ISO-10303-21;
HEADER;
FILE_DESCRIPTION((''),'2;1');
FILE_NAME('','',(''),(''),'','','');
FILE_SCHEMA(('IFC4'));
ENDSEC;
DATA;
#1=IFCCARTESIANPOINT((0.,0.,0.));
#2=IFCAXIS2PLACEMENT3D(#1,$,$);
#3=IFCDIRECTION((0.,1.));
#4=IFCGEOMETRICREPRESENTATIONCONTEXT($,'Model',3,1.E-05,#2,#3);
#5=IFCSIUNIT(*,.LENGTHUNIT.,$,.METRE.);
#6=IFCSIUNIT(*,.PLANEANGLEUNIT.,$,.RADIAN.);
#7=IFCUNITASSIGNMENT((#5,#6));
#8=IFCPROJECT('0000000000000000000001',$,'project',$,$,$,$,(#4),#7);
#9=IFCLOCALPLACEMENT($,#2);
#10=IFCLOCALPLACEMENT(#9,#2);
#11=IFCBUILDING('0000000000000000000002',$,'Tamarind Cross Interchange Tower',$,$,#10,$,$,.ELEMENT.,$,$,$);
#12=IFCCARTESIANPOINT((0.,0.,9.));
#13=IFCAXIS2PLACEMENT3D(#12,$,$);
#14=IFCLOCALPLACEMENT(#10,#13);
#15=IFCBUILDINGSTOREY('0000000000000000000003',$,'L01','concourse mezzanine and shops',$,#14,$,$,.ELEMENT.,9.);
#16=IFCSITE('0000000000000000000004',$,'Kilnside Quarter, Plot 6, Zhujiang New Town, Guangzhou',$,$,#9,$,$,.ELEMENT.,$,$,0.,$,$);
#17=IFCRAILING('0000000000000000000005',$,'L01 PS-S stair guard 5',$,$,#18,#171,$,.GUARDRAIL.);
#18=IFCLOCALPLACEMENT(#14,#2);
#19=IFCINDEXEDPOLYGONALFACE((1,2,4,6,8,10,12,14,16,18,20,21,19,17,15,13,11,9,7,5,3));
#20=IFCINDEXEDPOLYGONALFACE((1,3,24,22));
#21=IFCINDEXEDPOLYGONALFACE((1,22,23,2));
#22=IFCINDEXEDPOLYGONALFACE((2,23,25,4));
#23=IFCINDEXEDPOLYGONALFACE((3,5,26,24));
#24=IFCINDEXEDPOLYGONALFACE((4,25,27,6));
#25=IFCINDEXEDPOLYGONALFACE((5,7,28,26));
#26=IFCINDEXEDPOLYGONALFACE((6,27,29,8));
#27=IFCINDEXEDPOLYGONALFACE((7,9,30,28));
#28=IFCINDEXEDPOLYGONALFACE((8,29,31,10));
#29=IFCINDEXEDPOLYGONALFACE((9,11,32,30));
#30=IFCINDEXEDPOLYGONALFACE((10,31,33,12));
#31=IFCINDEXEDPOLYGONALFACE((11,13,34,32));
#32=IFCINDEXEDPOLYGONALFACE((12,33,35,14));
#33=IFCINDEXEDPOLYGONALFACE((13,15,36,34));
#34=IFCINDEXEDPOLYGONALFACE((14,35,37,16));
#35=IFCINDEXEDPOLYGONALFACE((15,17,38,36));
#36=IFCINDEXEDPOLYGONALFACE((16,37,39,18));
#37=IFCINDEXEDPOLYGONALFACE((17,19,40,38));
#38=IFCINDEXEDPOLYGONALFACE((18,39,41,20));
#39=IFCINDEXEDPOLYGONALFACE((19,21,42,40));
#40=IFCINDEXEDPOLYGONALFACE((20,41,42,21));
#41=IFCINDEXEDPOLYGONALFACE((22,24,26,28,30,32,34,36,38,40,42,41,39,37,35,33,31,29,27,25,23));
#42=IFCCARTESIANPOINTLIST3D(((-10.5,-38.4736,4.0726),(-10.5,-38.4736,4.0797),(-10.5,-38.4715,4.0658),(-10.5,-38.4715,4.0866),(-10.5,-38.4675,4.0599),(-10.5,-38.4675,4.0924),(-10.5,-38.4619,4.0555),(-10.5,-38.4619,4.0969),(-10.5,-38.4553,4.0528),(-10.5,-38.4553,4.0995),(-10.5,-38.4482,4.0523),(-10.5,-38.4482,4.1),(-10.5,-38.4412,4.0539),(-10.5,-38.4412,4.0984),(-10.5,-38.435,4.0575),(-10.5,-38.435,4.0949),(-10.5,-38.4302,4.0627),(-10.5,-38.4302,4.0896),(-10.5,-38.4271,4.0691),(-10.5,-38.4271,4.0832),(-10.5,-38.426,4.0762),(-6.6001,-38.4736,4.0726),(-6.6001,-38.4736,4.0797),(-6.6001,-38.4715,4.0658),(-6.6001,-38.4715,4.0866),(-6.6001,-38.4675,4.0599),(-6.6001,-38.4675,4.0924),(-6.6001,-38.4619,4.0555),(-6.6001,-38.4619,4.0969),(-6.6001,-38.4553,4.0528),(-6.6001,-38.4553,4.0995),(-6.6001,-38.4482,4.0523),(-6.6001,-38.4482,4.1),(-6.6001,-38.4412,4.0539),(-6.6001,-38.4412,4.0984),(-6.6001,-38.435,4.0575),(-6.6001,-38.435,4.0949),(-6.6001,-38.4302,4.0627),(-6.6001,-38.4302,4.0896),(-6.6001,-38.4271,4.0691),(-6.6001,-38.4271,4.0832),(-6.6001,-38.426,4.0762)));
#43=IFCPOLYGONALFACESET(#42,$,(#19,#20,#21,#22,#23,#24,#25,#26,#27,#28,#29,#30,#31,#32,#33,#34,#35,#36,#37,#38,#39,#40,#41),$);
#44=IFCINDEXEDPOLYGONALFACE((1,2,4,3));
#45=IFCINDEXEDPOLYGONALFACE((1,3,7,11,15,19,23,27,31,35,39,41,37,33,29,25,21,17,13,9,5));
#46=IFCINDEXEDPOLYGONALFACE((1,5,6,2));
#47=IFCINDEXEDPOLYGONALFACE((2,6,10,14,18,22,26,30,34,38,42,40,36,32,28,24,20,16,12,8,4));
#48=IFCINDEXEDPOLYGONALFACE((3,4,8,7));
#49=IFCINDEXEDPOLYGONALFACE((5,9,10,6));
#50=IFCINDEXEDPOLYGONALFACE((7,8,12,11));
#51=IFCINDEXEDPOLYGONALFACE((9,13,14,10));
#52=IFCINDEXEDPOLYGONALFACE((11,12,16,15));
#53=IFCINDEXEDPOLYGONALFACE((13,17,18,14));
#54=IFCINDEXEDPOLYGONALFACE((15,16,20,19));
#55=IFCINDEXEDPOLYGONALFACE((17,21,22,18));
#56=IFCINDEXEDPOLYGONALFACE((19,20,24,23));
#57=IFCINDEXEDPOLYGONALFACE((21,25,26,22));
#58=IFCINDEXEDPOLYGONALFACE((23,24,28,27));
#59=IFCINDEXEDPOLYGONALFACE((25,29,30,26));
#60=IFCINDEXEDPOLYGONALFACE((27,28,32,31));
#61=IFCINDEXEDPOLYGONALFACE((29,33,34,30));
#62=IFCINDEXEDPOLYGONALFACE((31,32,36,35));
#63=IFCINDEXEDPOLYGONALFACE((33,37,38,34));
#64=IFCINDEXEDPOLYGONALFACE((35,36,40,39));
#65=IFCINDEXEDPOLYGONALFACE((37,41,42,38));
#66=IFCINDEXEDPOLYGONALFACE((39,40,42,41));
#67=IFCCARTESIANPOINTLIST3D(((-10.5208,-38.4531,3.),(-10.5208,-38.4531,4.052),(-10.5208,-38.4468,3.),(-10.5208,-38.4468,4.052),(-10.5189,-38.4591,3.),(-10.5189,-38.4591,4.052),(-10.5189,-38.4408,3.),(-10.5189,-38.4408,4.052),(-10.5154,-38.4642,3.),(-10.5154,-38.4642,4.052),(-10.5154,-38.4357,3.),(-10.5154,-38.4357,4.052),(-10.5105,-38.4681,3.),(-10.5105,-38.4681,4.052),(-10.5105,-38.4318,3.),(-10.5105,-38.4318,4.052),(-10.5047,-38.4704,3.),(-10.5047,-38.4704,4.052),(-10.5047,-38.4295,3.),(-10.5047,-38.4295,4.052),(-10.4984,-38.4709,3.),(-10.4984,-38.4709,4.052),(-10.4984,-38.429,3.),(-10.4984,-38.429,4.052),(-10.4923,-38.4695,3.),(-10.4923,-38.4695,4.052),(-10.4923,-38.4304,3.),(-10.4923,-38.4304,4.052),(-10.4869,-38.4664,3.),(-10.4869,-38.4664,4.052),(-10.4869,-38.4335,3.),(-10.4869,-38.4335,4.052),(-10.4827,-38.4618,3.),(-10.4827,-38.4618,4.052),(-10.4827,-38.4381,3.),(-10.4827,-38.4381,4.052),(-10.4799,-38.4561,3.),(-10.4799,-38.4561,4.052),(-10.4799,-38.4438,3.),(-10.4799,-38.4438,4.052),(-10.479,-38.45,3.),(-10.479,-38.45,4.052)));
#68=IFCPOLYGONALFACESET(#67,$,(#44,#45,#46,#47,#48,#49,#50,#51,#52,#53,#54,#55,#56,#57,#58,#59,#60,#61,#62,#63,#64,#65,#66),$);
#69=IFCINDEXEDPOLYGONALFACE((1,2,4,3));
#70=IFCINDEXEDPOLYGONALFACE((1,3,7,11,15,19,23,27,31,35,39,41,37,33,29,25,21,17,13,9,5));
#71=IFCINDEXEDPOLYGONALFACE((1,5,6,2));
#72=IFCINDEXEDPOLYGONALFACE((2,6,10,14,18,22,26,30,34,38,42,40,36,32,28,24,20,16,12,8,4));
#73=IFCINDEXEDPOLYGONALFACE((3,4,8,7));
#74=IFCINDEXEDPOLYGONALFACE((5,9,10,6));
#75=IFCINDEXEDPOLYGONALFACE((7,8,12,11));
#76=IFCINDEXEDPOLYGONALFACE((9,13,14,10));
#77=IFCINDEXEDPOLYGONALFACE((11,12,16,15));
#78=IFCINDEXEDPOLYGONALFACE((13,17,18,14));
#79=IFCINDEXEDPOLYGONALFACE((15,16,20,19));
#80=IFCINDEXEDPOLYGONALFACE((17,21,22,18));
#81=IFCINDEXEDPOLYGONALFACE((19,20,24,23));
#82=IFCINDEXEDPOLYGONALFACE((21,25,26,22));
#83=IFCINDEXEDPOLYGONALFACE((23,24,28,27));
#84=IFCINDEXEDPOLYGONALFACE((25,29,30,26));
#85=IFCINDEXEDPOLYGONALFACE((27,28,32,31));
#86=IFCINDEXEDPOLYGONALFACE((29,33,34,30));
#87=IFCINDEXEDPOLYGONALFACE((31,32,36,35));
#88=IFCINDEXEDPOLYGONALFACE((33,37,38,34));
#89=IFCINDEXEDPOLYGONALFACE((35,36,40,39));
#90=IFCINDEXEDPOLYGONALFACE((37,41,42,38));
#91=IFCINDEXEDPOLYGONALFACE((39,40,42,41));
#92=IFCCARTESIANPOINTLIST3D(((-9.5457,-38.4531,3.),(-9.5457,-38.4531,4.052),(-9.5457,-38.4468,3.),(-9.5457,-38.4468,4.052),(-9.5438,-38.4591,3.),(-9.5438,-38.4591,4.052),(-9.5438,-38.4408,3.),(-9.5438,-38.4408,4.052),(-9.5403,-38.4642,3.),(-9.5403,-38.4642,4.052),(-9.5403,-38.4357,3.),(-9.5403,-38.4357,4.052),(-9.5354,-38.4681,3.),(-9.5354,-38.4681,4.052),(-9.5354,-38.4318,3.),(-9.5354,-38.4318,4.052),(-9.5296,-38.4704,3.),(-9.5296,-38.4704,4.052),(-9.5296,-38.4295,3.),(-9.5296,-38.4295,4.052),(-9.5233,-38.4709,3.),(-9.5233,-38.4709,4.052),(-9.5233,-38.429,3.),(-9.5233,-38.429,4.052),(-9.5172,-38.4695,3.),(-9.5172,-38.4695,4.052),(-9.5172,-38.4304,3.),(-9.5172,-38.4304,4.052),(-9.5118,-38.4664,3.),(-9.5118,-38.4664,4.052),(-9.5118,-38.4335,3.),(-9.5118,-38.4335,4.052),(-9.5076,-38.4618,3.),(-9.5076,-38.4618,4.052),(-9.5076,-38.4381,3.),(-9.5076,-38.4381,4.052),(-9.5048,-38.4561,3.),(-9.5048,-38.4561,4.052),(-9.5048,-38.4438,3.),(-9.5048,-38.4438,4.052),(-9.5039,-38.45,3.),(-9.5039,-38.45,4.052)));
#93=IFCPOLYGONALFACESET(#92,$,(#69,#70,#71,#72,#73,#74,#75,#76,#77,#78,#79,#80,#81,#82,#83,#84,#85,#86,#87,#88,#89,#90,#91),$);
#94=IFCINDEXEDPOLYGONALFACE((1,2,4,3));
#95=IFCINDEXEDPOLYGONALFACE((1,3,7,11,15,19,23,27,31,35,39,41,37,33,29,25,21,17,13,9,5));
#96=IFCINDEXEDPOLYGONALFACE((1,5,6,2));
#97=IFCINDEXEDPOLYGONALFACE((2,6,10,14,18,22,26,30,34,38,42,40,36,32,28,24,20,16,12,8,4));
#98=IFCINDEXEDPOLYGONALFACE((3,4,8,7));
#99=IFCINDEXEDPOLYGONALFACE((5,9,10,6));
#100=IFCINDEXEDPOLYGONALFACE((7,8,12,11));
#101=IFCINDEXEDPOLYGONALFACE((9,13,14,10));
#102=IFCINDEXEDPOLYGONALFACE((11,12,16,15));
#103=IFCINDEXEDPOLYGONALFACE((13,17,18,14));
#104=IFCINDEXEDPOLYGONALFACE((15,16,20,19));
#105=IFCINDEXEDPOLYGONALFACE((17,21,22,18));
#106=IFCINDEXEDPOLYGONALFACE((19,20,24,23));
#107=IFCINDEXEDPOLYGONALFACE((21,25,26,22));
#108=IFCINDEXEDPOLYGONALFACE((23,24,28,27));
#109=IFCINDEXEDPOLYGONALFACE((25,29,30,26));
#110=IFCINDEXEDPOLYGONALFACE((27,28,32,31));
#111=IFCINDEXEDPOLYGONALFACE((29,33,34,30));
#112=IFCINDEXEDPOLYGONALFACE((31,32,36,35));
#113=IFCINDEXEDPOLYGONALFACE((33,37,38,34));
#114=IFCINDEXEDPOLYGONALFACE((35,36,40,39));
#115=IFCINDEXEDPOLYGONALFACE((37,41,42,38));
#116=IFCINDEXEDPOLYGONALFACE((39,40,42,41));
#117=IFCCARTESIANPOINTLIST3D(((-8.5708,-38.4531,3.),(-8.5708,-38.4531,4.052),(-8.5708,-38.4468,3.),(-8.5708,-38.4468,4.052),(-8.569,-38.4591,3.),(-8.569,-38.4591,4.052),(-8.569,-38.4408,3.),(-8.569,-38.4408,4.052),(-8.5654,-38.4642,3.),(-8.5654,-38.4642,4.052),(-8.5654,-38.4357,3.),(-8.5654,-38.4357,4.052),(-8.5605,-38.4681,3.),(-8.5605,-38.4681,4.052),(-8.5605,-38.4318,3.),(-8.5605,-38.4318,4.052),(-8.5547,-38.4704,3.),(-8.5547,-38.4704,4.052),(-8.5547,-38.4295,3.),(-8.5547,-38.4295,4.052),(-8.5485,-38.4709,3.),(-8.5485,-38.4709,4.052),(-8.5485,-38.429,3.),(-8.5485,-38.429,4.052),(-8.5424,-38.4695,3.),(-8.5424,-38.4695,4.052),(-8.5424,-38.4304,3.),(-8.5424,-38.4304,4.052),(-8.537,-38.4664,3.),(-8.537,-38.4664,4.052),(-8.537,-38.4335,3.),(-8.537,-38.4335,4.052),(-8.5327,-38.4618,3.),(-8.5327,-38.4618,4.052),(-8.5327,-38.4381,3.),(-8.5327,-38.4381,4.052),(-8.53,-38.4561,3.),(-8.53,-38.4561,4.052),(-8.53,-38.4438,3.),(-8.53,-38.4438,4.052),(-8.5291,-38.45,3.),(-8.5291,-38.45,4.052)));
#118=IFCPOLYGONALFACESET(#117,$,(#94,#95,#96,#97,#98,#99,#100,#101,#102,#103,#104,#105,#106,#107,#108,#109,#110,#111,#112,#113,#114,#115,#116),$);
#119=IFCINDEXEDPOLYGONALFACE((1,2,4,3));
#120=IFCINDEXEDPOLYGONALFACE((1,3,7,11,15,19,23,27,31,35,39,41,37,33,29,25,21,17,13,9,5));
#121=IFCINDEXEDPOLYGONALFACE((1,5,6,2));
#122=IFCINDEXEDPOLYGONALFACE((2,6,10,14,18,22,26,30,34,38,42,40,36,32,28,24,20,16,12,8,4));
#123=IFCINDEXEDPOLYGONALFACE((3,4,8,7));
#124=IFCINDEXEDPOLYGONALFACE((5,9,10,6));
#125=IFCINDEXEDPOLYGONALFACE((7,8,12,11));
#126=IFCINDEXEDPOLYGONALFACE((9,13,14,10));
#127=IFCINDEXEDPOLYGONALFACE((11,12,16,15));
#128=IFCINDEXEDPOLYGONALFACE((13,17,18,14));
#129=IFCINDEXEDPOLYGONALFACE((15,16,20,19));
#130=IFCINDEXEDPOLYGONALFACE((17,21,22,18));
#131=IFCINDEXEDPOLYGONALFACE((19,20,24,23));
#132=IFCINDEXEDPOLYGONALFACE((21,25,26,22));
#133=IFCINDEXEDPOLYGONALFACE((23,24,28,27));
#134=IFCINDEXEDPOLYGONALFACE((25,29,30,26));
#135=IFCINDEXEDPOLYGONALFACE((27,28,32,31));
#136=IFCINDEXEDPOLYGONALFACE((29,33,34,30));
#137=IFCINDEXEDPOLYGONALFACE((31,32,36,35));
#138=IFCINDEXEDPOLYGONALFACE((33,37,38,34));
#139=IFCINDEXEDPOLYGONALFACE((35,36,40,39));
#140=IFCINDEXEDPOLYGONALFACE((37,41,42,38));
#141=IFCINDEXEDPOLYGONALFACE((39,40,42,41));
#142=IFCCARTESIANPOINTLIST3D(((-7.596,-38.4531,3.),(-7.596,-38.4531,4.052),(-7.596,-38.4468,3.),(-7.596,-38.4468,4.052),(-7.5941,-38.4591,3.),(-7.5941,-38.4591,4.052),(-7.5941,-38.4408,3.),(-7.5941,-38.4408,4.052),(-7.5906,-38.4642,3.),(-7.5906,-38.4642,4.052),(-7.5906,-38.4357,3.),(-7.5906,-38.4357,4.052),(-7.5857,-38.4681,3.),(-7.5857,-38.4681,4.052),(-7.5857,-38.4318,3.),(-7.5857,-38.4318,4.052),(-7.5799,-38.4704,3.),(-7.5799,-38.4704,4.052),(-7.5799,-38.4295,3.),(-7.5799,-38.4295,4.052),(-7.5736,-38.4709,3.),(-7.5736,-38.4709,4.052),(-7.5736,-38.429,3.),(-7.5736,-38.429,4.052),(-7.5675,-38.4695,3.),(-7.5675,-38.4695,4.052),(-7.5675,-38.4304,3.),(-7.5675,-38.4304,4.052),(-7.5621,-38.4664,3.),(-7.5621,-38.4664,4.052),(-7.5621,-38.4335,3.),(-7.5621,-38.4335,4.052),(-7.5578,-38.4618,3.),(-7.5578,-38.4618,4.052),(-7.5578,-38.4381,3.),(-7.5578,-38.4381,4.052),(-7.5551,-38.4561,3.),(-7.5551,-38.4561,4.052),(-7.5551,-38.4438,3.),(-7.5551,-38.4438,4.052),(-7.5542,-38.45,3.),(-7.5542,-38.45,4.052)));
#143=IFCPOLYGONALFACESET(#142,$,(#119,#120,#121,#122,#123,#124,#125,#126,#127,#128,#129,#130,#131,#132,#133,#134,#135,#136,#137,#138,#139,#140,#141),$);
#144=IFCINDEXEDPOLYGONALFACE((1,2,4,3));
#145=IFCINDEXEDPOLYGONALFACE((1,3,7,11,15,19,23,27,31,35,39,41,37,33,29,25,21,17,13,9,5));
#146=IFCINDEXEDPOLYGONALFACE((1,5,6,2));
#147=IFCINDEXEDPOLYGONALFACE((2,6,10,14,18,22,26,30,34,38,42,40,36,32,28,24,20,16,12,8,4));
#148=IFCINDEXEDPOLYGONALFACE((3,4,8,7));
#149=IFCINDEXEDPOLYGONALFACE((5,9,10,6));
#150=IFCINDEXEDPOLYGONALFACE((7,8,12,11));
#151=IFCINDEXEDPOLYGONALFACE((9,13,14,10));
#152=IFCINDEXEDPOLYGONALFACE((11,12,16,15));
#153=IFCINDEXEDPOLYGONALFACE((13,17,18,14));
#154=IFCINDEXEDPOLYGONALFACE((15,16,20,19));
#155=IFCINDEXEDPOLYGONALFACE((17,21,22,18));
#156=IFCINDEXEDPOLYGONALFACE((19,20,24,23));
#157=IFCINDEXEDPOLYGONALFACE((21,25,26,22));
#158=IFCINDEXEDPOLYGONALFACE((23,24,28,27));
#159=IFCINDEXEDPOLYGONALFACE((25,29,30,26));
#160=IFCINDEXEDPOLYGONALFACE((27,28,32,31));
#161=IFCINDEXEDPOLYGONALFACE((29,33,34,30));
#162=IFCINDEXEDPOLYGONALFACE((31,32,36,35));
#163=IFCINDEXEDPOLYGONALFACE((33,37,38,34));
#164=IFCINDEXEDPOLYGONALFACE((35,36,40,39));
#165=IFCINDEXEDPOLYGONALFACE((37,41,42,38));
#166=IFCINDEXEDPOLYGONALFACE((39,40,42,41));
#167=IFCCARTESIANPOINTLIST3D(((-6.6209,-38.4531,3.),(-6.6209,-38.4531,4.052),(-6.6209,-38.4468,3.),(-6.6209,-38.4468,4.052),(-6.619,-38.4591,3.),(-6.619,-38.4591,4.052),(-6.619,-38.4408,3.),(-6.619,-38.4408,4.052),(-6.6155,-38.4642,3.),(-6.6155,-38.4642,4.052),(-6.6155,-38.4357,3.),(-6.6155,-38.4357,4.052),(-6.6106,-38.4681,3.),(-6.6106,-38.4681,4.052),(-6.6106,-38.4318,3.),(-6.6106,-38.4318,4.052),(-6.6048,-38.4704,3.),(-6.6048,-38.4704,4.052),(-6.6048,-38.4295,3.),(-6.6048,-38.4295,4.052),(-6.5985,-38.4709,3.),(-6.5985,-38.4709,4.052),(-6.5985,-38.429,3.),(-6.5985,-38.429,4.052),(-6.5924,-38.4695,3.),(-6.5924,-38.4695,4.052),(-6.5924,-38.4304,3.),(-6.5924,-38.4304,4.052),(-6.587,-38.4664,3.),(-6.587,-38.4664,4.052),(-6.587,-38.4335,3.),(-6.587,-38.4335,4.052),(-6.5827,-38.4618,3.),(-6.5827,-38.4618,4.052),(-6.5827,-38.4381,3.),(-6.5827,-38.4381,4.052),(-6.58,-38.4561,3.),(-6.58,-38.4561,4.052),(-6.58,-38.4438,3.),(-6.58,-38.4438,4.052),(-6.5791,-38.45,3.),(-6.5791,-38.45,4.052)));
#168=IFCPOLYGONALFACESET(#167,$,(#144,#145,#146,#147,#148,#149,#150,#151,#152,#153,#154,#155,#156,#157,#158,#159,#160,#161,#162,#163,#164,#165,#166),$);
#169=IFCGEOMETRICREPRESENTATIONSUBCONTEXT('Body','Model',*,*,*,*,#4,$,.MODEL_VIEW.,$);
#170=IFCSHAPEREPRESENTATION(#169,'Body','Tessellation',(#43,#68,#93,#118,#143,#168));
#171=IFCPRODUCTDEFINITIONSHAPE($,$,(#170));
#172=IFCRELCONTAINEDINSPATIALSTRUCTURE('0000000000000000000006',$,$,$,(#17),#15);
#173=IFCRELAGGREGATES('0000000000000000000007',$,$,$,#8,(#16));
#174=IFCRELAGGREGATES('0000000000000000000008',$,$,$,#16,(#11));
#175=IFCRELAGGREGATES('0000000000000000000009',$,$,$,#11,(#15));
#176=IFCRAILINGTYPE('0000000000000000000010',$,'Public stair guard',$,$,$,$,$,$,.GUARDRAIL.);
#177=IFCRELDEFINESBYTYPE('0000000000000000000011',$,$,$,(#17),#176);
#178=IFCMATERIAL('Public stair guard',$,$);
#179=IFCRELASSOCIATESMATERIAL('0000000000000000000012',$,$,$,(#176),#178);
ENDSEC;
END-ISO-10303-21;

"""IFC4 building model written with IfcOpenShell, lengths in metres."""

from ifc_helpers import new_model, si_unit, direction, frame, origin, origin_2d, place, context, subcontext, project, spatial, circle, extrude, material, type_object, element, save


model = new_model("IFC4")

# Units and contexts
model_context = context("Model", 3, precision=1e-05, world=origin(), true_north=direction((0.0, 1.0)))
body_context = subcontext(model_context, "Body", "Model", "MODEL_VIEW")
ifc_project = project(units=[si_unit("LENGTHUNIT", "METRE"), si_unit("PLANEANGLEUNIT", "RADIAN")], contexts=[model_context])

# Site, building, storey
site_placement = place(None, origin())
site = spatial("IfcSite", under=ifc_project, at=site_placement, Name="Kilnside Quarter, Plot 6, Zhujiang New Town, Guangzhou", CompositionType="ELEMENT", RefElevation=0.0)
building_placement = place(site_placement, origin())
building = spatial("IfcBuilding", under=site, at=building_placement, Name="Tamarind Cross Interchange Tower", CompositionType="ELEMENT")
storey_placement = place(building_placement, frame((0.0, 0.0, 9.0)))
storey = spatial("IfcBuildingStorey", under=building, at=storey_placement, Name="L01", Description="concourse mezzanine and shops", CompositionType="ELEMENT", Elevation=9.0)

# Railing
ifc_material_1 = material(Name="Public stair guard")
railing_type_1 = type_object("IfcRailingType", Name="Public stair guard", PredefinedType="GUARDRAIL", material=ifc_material_1)
railing_1_placement = place(storey_placement, frame((-10.5, -38.45, 3.0)))
element("IfcRailing", 1, at=railing_1_placement, inside=storey, type_object=railing_type_1, Name="L01 PS-S stair guard 5", PredefinedType="GUARDRAIL", context=body_context, shape_type="SweptSolid", body=[
    extrude(circle(Radius=0.0239, at=origin_2d()), frame((0.0, 0.0, 1.0762), z_axis=(1.0, 0.0, 0.0), x_axis=(0.0, 1.0, 0.0)), (0.0, 0.0, 1.0), 3.8999),
    extrude(circle(Radius=0.021, at=origin_2d()), origin(), (0.0, 0.0, 1.0), 1.052),
    extrude(circle(Radius=0.021, at=origin_2d()), frame((0.9751, 0.0, 0.0)), (0.0, 0.0, 1.0), 1.052),
    extrude(circle(Radius=0.021, at=origin_2d()), frame((1.95, 0.0, 0.0)), (0.0, 0.0, 1.0), 1.052),
    extrude(circle(Radius=0.021, at=origin_2d()), frame((2.9248, 0.0, 0.0)), (0.0, 0.0, 1.0), 1.052),
    extrude(circle(Radius=0.021, at=origin_2d()), frame((3.8999, 0.0, 0.0)), (0.0, 0.0, 1.0), 1.052),
])

save(model, "model.ifc")
